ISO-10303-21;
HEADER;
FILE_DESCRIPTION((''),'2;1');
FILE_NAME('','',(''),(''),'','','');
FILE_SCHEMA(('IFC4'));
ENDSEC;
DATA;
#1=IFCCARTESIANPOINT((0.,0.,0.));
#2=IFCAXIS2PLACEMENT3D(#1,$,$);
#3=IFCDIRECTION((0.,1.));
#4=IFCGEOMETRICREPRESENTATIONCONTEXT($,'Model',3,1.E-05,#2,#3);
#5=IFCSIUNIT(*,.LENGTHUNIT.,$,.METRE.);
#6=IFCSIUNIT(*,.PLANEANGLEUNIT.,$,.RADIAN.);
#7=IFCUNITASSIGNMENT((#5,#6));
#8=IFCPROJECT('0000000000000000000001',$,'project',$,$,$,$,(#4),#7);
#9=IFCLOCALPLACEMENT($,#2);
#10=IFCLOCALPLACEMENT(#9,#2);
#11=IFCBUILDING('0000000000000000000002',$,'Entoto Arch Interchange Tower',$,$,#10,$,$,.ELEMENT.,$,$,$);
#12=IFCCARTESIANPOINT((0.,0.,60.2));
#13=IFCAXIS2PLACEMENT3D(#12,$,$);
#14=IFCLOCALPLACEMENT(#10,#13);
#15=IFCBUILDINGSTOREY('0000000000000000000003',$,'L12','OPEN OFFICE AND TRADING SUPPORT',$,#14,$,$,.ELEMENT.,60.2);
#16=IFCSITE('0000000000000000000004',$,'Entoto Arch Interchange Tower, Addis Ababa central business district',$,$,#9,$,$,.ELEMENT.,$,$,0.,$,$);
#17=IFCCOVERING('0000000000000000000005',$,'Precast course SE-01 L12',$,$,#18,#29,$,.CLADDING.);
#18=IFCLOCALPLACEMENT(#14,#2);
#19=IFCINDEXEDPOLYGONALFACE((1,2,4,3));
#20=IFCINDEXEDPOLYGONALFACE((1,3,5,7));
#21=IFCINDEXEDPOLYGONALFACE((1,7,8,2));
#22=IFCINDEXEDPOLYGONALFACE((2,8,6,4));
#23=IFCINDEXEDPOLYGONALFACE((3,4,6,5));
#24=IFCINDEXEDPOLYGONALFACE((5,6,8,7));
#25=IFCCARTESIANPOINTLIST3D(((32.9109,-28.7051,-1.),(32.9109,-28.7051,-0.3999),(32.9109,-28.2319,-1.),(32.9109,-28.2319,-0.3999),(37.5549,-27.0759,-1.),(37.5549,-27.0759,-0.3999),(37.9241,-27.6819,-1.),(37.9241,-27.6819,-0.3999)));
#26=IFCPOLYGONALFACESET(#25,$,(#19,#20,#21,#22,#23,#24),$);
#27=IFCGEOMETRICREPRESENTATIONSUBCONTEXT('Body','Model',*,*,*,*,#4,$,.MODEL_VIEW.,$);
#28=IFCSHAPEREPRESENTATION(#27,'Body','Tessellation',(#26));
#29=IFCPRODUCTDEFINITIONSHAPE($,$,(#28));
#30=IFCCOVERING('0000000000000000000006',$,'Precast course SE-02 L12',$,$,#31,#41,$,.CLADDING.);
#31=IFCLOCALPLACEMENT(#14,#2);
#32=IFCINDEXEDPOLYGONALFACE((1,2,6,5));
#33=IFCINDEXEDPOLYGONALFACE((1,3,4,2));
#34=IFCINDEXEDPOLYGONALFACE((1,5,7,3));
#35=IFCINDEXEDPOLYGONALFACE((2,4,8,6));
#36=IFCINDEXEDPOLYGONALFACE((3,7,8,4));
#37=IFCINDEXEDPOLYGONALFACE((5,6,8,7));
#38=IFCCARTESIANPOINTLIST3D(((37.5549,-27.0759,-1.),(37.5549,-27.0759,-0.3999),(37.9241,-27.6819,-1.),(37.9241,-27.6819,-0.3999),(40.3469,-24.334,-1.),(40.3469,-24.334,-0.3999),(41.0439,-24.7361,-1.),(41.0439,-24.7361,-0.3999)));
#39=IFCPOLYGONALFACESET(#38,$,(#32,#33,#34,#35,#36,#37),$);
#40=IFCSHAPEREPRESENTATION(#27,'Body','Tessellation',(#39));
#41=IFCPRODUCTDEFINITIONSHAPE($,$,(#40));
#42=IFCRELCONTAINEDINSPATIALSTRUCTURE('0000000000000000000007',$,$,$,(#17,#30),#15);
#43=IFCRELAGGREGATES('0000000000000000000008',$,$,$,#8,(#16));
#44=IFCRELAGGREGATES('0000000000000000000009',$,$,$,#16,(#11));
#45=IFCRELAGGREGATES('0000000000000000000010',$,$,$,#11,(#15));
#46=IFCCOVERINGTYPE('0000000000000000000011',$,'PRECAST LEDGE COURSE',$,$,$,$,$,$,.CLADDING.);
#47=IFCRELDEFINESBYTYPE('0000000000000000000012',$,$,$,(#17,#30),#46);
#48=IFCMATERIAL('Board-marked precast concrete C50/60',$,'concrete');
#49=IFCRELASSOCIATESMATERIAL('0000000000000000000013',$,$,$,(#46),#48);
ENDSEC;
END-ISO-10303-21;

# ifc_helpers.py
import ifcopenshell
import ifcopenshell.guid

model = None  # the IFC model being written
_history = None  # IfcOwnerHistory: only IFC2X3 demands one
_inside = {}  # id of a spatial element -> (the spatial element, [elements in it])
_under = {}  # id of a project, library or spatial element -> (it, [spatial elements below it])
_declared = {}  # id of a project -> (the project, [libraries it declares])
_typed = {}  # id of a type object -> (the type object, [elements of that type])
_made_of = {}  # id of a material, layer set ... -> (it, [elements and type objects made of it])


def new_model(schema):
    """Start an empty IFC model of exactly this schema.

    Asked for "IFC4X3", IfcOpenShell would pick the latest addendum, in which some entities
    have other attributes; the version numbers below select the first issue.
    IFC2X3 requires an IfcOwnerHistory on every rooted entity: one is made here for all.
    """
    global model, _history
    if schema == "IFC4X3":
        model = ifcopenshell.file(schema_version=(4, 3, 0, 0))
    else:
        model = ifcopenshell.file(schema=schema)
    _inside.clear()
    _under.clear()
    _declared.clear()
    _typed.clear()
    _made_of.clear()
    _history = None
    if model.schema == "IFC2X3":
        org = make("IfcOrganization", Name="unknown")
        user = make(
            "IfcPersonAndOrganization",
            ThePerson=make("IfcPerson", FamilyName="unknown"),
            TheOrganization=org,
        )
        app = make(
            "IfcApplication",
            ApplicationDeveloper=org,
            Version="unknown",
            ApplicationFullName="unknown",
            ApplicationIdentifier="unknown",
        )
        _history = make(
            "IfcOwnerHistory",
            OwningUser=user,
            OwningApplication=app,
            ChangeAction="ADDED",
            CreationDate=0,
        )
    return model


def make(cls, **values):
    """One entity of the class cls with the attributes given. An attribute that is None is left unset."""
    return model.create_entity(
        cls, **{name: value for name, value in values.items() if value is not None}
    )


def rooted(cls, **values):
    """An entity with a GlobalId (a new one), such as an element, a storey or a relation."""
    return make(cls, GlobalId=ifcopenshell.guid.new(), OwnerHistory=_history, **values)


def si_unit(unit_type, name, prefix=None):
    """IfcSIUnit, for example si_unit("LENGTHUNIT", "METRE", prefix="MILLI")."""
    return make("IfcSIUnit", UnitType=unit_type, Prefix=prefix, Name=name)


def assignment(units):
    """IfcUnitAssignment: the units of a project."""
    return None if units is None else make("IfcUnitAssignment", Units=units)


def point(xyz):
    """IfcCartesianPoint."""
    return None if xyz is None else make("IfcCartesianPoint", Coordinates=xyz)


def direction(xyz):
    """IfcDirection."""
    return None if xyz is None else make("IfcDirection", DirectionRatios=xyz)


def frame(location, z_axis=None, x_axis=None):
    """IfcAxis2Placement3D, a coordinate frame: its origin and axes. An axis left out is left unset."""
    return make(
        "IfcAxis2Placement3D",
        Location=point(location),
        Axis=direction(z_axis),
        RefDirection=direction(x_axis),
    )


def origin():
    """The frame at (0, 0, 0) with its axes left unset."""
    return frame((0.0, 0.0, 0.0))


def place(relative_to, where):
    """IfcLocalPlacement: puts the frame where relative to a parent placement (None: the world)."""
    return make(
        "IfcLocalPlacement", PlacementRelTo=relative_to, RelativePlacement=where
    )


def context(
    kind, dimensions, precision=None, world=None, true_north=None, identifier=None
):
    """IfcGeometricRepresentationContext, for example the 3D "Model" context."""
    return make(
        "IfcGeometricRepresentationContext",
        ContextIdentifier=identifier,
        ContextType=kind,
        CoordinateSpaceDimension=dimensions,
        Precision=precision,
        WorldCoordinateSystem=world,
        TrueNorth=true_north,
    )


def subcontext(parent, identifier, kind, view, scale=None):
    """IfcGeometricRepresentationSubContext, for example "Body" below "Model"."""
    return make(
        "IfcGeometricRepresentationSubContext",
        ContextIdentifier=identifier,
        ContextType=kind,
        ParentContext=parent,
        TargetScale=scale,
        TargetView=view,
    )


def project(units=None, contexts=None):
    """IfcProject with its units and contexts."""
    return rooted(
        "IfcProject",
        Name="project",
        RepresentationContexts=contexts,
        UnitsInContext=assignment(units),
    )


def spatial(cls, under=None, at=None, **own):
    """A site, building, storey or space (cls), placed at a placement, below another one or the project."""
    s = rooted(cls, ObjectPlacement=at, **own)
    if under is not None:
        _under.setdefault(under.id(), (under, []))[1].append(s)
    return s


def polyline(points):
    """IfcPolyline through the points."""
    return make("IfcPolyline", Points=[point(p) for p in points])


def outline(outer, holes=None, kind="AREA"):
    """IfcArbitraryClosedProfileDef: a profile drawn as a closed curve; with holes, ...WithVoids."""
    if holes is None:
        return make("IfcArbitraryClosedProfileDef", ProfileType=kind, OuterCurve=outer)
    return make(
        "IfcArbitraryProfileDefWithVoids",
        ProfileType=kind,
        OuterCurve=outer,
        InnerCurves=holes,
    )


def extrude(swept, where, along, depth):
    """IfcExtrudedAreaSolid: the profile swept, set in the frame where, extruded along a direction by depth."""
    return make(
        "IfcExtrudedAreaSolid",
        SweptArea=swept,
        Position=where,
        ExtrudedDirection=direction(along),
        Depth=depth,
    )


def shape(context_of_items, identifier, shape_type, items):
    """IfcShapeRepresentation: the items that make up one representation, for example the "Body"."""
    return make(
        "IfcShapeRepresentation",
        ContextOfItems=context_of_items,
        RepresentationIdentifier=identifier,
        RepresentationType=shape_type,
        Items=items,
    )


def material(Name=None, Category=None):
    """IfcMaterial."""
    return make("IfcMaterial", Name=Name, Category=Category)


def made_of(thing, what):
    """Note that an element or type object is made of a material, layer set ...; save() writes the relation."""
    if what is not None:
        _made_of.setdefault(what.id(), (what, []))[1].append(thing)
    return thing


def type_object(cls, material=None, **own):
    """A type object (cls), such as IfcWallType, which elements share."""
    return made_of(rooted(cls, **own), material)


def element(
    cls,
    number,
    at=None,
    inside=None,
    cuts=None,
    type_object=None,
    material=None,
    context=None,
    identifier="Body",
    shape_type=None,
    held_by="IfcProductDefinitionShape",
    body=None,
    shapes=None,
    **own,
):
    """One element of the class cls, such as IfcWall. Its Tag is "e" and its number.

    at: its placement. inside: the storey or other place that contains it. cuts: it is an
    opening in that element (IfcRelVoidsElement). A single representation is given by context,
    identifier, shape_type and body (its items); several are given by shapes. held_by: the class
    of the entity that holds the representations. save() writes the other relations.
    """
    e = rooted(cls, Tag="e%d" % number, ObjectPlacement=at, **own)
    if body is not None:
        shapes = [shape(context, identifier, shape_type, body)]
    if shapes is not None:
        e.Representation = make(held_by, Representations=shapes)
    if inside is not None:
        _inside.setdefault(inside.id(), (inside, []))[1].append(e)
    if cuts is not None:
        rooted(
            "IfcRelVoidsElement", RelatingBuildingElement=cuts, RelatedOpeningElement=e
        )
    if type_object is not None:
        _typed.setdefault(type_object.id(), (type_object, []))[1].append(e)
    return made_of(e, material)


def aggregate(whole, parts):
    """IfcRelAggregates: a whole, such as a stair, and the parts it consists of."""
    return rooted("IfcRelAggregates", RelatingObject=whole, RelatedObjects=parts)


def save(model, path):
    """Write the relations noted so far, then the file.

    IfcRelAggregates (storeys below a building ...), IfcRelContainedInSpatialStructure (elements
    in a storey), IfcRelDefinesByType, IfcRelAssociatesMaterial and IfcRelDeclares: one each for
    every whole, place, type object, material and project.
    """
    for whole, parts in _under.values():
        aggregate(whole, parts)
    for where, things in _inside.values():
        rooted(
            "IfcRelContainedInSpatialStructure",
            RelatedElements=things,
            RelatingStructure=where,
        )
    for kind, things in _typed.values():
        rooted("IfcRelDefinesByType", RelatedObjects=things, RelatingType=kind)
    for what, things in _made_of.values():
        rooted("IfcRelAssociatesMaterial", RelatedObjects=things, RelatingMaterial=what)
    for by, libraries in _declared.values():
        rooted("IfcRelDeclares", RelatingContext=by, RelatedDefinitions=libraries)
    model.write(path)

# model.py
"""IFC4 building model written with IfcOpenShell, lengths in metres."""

from ifc_helpers import new_model, si_unit, direction, frame, origin, place, context, subcontext, project, spatial, polyline, outline, extrude, material, type_object, element, save


model = new_model("IFC4")

# Units and contexts
model_context = context("Model", 3, precision=1e-05, world=origin(), true_north=direction((0.0, 1.0)))
body_context = subcontext(model_context, "Body", "Model", "MODEL_VIEW")
ifc_project = project(units=[si_unit("LENGTHUNIT", "METRE"), si_unit("PLANEANGLEUNIT", "RADIAN")], contexts=[model_context])

# Site, building, storey
site_placement = place(None, origin())
site = spatial("IfcSite", under=ifc_project, at=site_placement, Name="Entoto Arch Interchange Tower, Addis Ababa central business district", CompositionType="ELEMENT", RefElevation=0.0)
building_placement = place(site_placement, origin())
building = spatial("IfcBuilding", under=site, at=building_placement, Name="Entoto Arch Interchange Tower", CompositionType="ELEMENT")
storey_placement = place(building_placement, frame((0.0, 0.0, 60.2)))
storey = spatial("IfcBuildingStorey", under=building, at=storey_placement, Name="L12", Description="OPEN OFFICE AND TRADING SUPPORT", CompositionType="ELEMENT", Elevation=60.2)

# Coverings
ifc_material_1 = material(Name="Board-marked precast concrete C50/60", Category="concrete")
covering_type = type_object("IfcCoveringType", Name="PRECAST LEDGE COURSE", PredefinedType="CLADDING", material=ifc_material_1)
covering_1_placement = place(storey_placement, frame((0.0, 0.0, -1.0)))
element("IfcCovering", 1, at=covering_1_placement, inside=storey, type_object=covering_type, Name="Precast course SE-01 L12", PredefinedType="CLADDING", context=body_context, shape_type="SweptSolid", body=[
    extrude(outline(polyline([(37.5549, -27.0759), (37.9241, -27.6819), (32.9109, -28.7051), (32.9109, -28.2319), (37.5549, -27.0759)])), origin(), (0.0, 0.0, 1.0), 0.6001),
])
covering_2_placement = place(storey_placement, frame((0.0, 0.0, -1.0)))
element("IfcCovering", 2, at=covering_2_placement, inside=storey, type_object=covering_type, Name="Precast course SE-02 L12", PredefinedType="CLADDING", context=body_context, shape_type="SweptSolid", body=[
    extrude(outline(polyline([(40.3469, -24.334), (41.0439, -24.7361), (37.9241, -27.6819), (37.5549, -27.0759), (40.3469, -24.334)])), origin(), (0.0, 0.0, 1.0), 0.6001),
])

save(model, "model.ifc")
